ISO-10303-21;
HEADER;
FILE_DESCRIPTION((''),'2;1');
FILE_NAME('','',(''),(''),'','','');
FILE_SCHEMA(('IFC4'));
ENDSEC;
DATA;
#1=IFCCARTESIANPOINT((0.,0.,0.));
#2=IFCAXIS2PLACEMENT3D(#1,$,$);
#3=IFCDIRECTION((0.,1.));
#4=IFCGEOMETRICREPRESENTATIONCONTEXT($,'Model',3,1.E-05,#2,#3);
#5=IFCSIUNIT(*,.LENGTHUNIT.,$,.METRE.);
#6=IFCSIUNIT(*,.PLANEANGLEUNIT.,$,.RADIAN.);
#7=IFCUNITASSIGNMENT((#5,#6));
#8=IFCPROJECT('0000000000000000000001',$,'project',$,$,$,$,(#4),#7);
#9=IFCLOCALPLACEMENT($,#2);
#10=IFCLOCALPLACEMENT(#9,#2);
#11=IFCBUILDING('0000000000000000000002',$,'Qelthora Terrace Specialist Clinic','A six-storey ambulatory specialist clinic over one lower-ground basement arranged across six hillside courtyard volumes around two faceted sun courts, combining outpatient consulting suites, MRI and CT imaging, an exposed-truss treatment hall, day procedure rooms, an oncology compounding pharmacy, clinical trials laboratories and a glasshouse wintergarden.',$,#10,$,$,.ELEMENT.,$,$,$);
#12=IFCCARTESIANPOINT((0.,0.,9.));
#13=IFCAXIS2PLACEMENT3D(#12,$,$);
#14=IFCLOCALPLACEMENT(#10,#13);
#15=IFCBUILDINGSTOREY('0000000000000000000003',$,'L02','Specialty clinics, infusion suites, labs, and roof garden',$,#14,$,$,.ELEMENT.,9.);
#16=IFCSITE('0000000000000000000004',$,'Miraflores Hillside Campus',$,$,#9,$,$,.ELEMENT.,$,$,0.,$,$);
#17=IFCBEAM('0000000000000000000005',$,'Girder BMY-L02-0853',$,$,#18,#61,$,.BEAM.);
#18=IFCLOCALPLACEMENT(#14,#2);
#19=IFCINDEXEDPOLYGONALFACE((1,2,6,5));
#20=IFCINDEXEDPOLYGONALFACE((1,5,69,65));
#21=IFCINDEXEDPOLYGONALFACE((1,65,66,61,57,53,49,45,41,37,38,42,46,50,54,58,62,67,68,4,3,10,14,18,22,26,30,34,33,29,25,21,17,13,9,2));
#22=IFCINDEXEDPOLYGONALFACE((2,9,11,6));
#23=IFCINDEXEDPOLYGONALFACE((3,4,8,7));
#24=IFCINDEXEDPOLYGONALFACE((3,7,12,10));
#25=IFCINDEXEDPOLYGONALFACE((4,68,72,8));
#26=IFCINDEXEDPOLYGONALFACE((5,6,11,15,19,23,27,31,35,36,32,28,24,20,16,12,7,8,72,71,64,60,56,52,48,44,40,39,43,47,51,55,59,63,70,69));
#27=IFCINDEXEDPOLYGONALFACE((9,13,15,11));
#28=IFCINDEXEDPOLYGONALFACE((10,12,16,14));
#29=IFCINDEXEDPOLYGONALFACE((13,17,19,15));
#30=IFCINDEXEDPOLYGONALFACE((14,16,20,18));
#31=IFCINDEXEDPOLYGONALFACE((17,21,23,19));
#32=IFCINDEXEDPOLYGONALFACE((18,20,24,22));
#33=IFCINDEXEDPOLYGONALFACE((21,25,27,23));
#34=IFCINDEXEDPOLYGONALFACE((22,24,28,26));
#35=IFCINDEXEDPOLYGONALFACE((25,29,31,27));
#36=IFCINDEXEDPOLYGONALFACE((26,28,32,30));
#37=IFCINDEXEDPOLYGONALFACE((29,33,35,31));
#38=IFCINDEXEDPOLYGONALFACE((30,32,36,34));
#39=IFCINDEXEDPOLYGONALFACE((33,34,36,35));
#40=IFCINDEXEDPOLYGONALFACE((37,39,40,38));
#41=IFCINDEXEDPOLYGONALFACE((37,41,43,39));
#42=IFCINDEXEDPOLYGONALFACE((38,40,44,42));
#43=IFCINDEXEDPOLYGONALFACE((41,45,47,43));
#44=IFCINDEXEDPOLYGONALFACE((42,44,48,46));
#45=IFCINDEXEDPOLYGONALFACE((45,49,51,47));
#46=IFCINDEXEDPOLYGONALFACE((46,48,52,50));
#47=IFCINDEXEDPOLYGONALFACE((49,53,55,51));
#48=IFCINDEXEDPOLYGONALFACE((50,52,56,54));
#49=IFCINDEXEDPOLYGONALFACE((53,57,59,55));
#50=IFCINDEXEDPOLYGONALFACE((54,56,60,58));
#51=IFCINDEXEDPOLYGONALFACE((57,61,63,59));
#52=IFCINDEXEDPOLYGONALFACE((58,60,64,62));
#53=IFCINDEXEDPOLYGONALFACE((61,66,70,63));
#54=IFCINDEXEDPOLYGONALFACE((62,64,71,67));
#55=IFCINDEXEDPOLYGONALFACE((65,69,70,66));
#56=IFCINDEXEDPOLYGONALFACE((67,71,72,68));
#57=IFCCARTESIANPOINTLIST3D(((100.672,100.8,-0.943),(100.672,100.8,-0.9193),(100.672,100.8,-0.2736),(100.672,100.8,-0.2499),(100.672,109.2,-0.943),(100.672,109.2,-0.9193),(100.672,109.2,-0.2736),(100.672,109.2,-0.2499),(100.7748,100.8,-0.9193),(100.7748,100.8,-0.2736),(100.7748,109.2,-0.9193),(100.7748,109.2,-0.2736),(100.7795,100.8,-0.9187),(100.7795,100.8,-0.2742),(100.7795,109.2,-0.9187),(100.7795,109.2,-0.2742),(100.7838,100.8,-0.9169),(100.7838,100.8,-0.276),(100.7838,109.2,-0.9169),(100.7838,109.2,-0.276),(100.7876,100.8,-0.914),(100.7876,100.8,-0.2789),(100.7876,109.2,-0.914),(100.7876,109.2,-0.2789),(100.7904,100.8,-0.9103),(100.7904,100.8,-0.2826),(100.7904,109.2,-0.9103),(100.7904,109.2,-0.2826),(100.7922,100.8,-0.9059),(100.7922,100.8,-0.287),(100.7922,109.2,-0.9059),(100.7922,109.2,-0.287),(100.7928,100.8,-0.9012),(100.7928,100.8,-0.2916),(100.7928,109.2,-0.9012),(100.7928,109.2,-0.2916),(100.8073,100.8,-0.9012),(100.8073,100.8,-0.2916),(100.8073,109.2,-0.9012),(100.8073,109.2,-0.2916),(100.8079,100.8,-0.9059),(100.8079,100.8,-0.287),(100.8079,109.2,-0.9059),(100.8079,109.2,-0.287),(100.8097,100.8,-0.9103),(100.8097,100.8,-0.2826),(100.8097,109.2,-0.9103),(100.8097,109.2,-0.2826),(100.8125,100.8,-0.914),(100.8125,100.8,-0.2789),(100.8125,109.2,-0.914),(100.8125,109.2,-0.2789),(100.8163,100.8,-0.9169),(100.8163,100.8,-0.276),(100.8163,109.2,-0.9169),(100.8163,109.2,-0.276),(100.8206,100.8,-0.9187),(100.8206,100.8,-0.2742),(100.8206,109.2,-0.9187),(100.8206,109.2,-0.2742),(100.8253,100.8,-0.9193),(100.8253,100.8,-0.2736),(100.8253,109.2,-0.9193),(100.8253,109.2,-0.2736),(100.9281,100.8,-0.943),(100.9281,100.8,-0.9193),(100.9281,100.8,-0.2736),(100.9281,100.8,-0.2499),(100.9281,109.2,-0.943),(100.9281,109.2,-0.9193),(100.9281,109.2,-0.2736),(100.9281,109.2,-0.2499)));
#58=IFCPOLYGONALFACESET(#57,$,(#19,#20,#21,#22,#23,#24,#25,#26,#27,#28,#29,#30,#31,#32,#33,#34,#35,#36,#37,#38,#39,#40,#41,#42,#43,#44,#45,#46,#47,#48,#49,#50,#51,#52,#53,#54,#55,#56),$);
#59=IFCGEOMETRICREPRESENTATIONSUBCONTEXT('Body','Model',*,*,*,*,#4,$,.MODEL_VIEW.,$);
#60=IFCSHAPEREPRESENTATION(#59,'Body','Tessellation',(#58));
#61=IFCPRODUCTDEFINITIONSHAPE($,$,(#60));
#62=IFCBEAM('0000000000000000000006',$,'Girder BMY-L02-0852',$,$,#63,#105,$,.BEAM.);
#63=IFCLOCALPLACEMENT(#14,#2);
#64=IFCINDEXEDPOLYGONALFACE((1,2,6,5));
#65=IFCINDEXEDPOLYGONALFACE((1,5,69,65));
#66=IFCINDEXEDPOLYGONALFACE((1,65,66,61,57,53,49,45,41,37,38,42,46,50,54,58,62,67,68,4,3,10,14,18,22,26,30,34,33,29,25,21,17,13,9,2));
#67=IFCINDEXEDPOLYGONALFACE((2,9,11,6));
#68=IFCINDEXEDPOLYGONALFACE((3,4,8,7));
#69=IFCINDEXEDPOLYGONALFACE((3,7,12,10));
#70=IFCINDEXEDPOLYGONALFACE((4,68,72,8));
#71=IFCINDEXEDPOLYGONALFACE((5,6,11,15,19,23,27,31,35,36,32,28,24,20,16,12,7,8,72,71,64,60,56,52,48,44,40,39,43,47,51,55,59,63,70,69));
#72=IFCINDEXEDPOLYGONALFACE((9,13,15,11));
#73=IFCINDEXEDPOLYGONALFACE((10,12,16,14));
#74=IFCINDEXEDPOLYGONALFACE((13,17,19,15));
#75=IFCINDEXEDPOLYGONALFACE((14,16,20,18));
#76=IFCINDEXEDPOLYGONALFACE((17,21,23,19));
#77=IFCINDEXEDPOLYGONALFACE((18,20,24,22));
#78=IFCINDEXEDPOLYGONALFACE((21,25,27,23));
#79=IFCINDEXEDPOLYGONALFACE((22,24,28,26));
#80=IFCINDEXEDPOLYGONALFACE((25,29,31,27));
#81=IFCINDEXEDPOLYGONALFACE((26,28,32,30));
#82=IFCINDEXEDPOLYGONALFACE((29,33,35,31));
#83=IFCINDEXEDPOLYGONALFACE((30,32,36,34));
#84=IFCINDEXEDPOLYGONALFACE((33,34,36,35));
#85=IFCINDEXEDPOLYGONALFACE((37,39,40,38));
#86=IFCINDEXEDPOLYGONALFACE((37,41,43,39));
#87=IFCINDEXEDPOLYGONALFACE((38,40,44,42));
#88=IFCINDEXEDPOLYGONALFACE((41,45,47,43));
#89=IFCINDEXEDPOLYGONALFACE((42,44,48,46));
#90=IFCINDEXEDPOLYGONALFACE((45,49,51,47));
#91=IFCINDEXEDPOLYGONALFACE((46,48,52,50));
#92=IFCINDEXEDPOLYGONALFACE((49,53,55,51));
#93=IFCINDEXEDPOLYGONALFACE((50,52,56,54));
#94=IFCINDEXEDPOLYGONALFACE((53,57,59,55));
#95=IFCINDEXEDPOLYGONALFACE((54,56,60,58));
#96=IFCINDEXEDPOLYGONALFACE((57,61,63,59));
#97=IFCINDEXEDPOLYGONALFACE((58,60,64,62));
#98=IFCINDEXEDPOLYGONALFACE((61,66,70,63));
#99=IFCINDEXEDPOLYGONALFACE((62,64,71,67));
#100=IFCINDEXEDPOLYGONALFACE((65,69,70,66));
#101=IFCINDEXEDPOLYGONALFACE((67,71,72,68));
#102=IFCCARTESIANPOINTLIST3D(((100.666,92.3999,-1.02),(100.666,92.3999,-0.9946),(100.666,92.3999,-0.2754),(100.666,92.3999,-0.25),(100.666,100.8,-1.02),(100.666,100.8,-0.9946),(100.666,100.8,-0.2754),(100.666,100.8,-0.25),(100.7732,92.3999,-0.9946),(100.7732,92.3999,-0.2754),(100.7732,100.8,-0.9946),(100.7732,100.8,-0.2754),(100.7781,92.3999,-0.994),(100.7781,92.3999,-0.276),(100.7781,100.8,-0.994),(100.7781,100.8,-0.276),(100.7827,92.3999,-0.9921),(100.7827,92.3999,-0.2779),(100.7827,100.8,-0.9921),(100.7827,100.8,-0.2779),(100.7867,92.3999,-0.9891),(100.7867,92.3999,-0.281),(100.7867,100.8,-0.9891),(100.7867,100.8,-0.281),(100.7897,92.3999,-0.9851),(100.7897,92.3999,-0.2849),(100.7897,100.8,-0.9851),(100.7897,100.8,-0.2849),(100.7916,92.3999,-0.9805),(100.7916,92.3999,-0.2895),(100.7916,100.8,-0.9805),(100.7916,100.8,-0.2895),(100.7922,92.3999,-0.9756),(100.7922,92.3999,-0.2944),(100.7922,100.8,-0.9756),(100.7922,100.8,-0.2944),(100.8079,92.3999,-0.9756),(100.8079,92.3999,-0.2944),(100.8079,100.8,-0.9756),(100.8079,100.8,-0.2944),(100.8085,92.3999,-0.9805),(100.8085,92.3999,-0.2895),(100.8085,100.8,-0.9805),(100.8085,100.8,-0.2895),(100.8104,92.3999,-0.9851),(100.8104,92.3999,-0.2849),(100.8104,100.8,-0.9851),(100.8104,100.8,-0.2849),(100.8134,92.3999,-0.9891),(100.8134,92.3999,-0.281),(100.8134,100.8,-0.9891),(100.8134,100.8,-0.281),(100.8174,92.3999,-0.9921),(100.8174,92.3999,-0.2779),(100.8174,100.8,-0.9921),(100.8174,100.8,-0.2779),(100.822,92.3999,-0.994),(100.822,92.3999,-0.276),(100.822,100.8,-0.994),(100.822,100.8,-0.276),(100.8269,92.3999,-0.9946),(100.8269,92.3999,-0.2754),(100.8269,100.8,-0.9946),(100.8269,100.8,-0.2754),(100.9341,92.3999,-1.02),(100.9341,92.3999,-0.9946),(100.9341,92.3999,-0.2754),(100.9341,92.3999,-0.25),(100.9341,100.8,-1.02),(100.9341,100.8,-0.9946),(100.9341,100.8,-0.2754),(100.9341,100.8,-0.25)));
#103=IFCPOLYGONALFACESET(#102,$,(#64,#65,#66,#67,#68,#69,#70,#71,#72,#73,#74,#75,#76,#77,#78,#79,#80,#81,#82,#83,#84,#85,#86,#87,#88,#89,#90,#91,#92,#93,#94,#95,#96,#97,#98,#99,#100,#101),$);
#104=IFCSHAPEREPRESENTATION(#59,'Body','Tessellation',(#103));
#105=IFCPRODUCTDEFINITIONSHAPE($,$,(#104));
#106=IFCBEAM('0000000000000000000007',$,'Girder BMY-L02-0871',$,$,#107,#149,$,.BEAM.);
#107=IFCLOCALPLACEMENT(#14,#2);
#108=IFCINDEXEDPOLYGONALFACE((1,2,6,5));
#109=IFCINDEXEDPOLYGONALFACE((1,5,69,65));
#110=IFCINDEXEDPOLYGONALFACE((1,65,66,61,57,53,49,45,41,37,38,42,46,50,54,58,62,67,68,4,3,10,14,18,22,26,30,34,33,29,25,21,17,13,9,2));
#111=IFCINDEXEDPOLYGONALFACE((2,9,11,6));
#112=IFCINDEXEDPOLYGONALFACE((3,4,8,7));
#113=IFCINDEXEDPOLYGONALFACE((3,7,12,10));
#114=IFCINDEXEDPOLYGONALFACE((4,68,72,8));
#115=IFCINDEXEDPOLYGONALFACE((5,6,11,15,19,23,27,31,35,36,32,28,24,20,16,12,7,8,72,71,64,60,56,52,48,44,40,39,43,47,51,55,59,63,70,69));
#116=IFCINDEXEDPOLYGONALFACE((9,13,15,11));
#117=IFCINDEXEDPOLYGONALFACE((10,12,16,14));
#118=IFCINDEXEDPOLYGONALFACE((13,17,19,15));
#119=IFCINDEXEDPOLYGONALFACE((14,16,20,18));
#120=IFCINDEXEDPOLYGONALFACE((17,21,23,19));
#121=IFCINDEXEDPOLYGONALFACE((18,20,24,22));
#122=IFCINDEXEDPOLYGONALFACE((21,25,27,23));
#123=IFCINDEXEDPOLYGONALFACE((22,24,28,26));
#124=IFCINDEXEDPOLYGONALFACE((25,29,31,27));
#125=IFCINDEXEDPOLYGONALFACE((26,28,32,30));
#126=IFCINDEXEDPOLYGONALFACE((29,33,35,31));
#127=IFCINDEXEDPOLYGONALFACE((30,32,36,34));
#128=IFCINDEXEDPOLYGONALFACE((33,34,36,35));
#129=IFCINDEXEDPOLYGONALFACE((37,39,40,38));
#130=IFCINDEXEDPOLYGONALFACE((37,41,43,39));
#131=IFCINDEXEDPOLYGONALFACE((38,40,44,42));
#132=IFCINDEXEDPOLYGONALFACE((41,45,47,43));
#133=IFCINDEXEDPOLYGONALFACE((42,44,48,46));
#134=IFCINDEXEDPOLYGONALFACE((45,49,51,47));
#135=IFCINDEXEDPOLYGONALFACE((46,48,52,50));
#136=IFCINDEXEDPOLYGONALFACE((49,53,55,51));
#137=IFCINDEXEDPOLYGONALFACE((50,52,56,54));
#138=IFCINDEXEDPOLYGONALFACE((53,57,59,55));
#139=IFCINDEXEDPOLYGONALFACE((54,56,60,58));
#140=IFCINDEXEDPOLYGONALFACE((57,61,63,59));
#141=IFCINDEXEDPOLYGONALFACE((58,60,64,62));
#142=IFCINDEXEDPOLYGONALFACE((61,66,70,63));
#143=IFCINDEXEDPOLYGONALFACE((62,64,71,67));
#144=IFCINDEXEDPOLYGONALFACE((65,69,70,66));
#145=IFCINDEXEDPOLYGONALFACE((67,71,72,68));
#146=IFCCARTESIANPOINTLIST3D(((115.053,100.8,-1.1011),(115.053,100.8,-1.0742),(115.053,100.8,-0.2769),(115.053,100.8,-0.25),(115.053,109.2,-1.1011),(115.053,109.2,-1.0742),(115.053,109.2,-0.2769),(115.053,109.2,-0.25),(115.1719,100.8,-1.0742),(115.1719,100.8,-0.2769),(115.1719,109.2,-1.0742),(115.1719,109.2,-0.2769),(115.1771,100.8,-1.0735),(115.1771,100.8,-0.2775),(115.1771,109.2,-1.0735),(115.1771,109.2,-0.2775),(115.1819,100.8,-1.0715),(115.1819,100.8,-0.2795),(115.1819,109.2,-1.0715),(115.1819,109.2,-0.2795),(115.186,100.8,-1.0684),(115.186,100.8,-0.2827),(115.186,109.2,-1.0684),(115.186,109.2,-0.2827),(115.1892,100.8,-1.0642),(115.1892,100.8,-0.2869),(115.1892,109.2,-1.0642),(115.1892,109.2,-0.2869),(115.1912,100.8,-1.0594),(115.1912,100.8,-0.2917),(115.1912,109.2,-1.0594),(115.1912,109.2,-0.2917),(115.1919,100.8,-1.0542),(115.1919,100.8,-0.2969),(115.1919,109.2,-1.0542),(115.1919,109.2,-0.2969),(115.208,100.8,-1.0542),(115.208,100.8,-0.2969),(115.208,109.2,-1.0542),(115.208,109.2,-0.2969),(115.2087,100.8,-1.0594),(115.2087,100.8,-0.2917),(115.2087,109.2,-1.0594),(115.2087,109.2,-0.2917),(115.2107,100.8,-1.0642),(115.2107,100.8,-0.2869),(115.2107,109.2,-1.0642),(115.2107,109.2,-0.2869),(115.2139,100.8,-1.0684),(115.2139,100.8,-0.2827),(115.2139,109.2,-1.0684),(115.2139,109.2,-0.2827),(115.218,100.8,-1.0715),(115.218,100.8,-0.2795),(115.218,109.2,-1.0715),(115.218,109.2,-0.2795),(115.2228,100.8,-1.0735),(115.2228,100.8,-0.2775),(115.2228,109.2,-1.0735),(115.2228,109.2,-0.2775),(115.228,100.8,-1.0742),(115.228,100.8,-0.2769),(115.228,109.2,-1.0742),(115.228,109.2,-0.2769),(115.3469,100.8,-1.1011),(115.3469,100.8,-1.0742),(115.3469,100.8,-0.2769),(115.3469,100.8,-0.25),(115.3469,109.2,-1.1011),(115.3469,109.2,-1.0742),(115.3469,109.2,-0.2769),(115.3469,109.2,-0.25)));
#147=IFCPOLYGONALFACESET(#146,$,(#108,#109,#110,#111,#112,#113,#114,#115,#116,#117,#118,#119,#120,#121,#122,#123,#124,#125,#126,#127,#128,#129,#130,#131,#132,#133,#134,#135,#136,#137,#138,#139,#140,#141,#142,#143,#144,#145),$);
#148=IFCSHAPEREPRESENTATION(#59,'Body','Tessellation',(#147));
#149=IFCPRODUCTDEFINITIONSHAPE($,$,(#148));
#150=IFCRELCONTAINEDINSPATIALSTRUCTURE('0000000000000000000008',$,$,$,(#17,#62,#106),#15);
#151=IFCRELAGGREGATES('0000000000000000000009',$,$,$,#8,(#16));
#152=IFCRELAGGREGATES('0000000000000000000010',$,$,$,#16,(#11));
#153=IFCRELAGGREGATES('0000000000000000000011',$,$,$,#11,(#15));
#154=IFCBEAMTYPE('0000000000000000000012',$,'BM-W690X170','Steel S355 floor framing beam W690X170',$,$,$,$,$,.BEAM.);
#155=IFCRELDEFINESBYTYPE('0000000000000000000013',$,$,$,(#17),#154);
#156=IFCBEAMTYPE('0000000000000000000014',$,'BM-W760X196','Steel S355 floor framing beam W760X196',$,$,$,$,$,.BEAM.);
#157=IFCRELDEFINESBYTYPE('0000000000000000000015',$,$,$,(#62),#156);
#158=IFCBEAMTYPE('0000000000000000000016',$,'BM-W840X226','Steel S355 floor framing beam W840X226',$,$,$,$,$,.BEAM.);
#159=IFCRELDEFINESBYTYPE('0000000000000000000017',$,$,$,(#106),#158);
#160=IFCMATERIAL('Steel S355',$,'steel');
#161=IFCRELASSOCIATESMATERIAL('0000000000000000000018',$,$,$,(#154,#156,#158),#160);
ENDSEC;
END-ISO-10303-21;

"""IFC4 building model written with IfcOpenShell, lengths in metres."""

from ifc_helpers import new_model, si_unit, direction, frame, origin, origin_2d, place, context, subcontext, project, spatial, i_section, extrude, material, material_profile, profile_set, type_object, element, save


model = new_model("IFC4")

# Units and contexts
model_context = context("Model", 3, precision=1e-05, world=origin(), true_north=direction((0.0, 1.0)))
body_context = subcontext(model_context, "Body", "Model", "MODEL_VIEW")
ifc_project = project(units=[si_unit("LENGTHUNIT", "METRE"), si_unit("PLANEANGLEUNIT", "RADIAN")], contexts=[model_context])

# Site, building, storey
site_placement = place(None, origin())
site = spatial("IfcSite", under=ifc_project, at=site_placement, Name="Miraflores Hillside Campus", CompositionType="ELEMENT", RefElevation=0.0)
building_placement = place(site_placement, origin())
building = spatial("IfcBuilding", under=site, at=building_placement, Name="Qelthora Terrace Specialist Clinic", Description="A six-storey ambulatory specialist clinic over one lower-ground basement arranged across six hillside courtyard volumes around two faceted sun courts, combining outpatient consulting suites, MRI and CT imaging, an exposed-truss treatment hall, day procedure rooms, an oncology compounding pharmacy, clinical trials laboratories and a glasshouse wintergarden.", CompositionType="ELEMENT")
storey_placement = place(building_placement, frame((0.0, 0.0, 9.0)))
storey = spatial("IfcBuildingStorey", under=building, at=storey_placement, Name="L02", Description="Specialty clinics, infusion suites, labs, and roof garden", CompositionType="ELEMENT", Elevation=9.0)

# Shared definitions
ifc_material_1 = material(Name="Steel S355", Category="steel")

# Beams
ifc_material_profile_1 = material_profile(ifc_material_1, i_section(OverallWidth=0.2561, OverallDepth=0.6931, WebThickness=0.0144, FlangeThickness=0.0237, FilletRadius=0.0181, at=origin_2d()), Name="W690X170")
ifc_profile_set_1 = profile_set([ifc_material_profile_1], Name="Steel S355")
beam_type_1 = type_object("IfcBeamType", Name="BM-W690X170", Description="Steel S355 floor framing beam W690X170", PredefinedType="BEAM", material=ifc_profile_set_1)
beam_1_placement = place(storey_placement, frame((100.8, 100.8, -0.5964), z_axis=(0.0, 1.0, 0.0), x_axis=(-1.0, 0.0, 0.0)))
element("IfcBeam", 1, at=beam_1_placement, inside=storey, type_object=beam_type_1, Name="Girder BMY-L02-0853", PredefinedType="BEAM", context=body_context, shape_type="SweptSolid", body=[
    extrude(i_section(OverallWidth=0.2561, OverallDepth=0.6931, WebThickness=0.0144, FlangeThickness=0.0237, FilletRadius=0.0181, at=origin_2d()), origin(), (0.0, 0.0, 1.0), 8.3999),
])
ifc_material_profile_2 = material_profile(ifc_material_1, i_section(OverallWidth=0.2681, OverallDepth=0.77, WebThickness=0.0156, FlangeThickness=0.0254, FilletRadius=0.019, at=origin_2d()), Name="W760X196")
ifc_profile_set_2 = profile_set([ifc_material_profile_2], Name="Steel S355")
beam_type_2 = type_object("IfcBeamType", Name="BM-W760X196", Description="Steel S355 floor framing beam W760X196", PredefinedType="BEAM", material=ifc_profile_set_2)
beam_2_placement = place(storey_placement, frame((100.8, 92.3999, -0.635), z_axis=(0.0, 1.0, 0.0), x_axis=(-1.0, 0.0, 0.0)))
element("IfcBeam", 2, at=beam_2_placement, inside=storey, type_object=beam_type_2, Name="Girder BMY-L02-0852", PredefinedType="BEAM", context=body_context, shape_type="SweptSolid", body=[
    extrude(i_section(OverallWidth=0.2681, OverallDepth=0.77, WebThickness=0.0156, FlangeThickness=0.0254, FilletRadius=0.019, at=origin_2d()), origin(), (0.0, 0.0, 1.0), 8.4001),
])
ifc_material_profile_3 = material_profile(ifc_material_1, i_section(OverallWidth=0.2939, OverallDepth=0.8511, WebThickness=0.0161, FlangeThickness=0.0269, FilletRadius=0.02, at=origin_2d()), Name="W840X226")
ifc_profile_set_3 = profile_set([ifc_material_profile_3], Name="Steel S355")
beam_type_3 = type_object("IfcBeamType", Name="BM-W840X226", Description="Steel S355 floor framing beam W840X226", PredefinedType="BEAM", material=ifc_profile_set_3)
beam_3_placement = place(storey_placement, frame((115.2, 100.8, -0.6755), z_axis=(0.0, 1.0, 0.0), x_axis=(-1.0, 0.0, 0.0)))
element("IfcBeam", 3, at=beam_3_placement, inside=storey, type_object=beam_type_3, Name="Girder BMY-L02-0871", PredefinedType="BEAM", context=body_context, shape_type="SweptSolid", body=[
    extrude(i_section(OverallWidth=0.2939, OverallDepth=0.8511, WebThickness=0.0161, FlangeThickness=0.0269, FilletRadius=0.02, at=origin_2d()), origin(), (0.0, 0.0, 1.0), 8.3999),
])

save(model, "model.ifc")
